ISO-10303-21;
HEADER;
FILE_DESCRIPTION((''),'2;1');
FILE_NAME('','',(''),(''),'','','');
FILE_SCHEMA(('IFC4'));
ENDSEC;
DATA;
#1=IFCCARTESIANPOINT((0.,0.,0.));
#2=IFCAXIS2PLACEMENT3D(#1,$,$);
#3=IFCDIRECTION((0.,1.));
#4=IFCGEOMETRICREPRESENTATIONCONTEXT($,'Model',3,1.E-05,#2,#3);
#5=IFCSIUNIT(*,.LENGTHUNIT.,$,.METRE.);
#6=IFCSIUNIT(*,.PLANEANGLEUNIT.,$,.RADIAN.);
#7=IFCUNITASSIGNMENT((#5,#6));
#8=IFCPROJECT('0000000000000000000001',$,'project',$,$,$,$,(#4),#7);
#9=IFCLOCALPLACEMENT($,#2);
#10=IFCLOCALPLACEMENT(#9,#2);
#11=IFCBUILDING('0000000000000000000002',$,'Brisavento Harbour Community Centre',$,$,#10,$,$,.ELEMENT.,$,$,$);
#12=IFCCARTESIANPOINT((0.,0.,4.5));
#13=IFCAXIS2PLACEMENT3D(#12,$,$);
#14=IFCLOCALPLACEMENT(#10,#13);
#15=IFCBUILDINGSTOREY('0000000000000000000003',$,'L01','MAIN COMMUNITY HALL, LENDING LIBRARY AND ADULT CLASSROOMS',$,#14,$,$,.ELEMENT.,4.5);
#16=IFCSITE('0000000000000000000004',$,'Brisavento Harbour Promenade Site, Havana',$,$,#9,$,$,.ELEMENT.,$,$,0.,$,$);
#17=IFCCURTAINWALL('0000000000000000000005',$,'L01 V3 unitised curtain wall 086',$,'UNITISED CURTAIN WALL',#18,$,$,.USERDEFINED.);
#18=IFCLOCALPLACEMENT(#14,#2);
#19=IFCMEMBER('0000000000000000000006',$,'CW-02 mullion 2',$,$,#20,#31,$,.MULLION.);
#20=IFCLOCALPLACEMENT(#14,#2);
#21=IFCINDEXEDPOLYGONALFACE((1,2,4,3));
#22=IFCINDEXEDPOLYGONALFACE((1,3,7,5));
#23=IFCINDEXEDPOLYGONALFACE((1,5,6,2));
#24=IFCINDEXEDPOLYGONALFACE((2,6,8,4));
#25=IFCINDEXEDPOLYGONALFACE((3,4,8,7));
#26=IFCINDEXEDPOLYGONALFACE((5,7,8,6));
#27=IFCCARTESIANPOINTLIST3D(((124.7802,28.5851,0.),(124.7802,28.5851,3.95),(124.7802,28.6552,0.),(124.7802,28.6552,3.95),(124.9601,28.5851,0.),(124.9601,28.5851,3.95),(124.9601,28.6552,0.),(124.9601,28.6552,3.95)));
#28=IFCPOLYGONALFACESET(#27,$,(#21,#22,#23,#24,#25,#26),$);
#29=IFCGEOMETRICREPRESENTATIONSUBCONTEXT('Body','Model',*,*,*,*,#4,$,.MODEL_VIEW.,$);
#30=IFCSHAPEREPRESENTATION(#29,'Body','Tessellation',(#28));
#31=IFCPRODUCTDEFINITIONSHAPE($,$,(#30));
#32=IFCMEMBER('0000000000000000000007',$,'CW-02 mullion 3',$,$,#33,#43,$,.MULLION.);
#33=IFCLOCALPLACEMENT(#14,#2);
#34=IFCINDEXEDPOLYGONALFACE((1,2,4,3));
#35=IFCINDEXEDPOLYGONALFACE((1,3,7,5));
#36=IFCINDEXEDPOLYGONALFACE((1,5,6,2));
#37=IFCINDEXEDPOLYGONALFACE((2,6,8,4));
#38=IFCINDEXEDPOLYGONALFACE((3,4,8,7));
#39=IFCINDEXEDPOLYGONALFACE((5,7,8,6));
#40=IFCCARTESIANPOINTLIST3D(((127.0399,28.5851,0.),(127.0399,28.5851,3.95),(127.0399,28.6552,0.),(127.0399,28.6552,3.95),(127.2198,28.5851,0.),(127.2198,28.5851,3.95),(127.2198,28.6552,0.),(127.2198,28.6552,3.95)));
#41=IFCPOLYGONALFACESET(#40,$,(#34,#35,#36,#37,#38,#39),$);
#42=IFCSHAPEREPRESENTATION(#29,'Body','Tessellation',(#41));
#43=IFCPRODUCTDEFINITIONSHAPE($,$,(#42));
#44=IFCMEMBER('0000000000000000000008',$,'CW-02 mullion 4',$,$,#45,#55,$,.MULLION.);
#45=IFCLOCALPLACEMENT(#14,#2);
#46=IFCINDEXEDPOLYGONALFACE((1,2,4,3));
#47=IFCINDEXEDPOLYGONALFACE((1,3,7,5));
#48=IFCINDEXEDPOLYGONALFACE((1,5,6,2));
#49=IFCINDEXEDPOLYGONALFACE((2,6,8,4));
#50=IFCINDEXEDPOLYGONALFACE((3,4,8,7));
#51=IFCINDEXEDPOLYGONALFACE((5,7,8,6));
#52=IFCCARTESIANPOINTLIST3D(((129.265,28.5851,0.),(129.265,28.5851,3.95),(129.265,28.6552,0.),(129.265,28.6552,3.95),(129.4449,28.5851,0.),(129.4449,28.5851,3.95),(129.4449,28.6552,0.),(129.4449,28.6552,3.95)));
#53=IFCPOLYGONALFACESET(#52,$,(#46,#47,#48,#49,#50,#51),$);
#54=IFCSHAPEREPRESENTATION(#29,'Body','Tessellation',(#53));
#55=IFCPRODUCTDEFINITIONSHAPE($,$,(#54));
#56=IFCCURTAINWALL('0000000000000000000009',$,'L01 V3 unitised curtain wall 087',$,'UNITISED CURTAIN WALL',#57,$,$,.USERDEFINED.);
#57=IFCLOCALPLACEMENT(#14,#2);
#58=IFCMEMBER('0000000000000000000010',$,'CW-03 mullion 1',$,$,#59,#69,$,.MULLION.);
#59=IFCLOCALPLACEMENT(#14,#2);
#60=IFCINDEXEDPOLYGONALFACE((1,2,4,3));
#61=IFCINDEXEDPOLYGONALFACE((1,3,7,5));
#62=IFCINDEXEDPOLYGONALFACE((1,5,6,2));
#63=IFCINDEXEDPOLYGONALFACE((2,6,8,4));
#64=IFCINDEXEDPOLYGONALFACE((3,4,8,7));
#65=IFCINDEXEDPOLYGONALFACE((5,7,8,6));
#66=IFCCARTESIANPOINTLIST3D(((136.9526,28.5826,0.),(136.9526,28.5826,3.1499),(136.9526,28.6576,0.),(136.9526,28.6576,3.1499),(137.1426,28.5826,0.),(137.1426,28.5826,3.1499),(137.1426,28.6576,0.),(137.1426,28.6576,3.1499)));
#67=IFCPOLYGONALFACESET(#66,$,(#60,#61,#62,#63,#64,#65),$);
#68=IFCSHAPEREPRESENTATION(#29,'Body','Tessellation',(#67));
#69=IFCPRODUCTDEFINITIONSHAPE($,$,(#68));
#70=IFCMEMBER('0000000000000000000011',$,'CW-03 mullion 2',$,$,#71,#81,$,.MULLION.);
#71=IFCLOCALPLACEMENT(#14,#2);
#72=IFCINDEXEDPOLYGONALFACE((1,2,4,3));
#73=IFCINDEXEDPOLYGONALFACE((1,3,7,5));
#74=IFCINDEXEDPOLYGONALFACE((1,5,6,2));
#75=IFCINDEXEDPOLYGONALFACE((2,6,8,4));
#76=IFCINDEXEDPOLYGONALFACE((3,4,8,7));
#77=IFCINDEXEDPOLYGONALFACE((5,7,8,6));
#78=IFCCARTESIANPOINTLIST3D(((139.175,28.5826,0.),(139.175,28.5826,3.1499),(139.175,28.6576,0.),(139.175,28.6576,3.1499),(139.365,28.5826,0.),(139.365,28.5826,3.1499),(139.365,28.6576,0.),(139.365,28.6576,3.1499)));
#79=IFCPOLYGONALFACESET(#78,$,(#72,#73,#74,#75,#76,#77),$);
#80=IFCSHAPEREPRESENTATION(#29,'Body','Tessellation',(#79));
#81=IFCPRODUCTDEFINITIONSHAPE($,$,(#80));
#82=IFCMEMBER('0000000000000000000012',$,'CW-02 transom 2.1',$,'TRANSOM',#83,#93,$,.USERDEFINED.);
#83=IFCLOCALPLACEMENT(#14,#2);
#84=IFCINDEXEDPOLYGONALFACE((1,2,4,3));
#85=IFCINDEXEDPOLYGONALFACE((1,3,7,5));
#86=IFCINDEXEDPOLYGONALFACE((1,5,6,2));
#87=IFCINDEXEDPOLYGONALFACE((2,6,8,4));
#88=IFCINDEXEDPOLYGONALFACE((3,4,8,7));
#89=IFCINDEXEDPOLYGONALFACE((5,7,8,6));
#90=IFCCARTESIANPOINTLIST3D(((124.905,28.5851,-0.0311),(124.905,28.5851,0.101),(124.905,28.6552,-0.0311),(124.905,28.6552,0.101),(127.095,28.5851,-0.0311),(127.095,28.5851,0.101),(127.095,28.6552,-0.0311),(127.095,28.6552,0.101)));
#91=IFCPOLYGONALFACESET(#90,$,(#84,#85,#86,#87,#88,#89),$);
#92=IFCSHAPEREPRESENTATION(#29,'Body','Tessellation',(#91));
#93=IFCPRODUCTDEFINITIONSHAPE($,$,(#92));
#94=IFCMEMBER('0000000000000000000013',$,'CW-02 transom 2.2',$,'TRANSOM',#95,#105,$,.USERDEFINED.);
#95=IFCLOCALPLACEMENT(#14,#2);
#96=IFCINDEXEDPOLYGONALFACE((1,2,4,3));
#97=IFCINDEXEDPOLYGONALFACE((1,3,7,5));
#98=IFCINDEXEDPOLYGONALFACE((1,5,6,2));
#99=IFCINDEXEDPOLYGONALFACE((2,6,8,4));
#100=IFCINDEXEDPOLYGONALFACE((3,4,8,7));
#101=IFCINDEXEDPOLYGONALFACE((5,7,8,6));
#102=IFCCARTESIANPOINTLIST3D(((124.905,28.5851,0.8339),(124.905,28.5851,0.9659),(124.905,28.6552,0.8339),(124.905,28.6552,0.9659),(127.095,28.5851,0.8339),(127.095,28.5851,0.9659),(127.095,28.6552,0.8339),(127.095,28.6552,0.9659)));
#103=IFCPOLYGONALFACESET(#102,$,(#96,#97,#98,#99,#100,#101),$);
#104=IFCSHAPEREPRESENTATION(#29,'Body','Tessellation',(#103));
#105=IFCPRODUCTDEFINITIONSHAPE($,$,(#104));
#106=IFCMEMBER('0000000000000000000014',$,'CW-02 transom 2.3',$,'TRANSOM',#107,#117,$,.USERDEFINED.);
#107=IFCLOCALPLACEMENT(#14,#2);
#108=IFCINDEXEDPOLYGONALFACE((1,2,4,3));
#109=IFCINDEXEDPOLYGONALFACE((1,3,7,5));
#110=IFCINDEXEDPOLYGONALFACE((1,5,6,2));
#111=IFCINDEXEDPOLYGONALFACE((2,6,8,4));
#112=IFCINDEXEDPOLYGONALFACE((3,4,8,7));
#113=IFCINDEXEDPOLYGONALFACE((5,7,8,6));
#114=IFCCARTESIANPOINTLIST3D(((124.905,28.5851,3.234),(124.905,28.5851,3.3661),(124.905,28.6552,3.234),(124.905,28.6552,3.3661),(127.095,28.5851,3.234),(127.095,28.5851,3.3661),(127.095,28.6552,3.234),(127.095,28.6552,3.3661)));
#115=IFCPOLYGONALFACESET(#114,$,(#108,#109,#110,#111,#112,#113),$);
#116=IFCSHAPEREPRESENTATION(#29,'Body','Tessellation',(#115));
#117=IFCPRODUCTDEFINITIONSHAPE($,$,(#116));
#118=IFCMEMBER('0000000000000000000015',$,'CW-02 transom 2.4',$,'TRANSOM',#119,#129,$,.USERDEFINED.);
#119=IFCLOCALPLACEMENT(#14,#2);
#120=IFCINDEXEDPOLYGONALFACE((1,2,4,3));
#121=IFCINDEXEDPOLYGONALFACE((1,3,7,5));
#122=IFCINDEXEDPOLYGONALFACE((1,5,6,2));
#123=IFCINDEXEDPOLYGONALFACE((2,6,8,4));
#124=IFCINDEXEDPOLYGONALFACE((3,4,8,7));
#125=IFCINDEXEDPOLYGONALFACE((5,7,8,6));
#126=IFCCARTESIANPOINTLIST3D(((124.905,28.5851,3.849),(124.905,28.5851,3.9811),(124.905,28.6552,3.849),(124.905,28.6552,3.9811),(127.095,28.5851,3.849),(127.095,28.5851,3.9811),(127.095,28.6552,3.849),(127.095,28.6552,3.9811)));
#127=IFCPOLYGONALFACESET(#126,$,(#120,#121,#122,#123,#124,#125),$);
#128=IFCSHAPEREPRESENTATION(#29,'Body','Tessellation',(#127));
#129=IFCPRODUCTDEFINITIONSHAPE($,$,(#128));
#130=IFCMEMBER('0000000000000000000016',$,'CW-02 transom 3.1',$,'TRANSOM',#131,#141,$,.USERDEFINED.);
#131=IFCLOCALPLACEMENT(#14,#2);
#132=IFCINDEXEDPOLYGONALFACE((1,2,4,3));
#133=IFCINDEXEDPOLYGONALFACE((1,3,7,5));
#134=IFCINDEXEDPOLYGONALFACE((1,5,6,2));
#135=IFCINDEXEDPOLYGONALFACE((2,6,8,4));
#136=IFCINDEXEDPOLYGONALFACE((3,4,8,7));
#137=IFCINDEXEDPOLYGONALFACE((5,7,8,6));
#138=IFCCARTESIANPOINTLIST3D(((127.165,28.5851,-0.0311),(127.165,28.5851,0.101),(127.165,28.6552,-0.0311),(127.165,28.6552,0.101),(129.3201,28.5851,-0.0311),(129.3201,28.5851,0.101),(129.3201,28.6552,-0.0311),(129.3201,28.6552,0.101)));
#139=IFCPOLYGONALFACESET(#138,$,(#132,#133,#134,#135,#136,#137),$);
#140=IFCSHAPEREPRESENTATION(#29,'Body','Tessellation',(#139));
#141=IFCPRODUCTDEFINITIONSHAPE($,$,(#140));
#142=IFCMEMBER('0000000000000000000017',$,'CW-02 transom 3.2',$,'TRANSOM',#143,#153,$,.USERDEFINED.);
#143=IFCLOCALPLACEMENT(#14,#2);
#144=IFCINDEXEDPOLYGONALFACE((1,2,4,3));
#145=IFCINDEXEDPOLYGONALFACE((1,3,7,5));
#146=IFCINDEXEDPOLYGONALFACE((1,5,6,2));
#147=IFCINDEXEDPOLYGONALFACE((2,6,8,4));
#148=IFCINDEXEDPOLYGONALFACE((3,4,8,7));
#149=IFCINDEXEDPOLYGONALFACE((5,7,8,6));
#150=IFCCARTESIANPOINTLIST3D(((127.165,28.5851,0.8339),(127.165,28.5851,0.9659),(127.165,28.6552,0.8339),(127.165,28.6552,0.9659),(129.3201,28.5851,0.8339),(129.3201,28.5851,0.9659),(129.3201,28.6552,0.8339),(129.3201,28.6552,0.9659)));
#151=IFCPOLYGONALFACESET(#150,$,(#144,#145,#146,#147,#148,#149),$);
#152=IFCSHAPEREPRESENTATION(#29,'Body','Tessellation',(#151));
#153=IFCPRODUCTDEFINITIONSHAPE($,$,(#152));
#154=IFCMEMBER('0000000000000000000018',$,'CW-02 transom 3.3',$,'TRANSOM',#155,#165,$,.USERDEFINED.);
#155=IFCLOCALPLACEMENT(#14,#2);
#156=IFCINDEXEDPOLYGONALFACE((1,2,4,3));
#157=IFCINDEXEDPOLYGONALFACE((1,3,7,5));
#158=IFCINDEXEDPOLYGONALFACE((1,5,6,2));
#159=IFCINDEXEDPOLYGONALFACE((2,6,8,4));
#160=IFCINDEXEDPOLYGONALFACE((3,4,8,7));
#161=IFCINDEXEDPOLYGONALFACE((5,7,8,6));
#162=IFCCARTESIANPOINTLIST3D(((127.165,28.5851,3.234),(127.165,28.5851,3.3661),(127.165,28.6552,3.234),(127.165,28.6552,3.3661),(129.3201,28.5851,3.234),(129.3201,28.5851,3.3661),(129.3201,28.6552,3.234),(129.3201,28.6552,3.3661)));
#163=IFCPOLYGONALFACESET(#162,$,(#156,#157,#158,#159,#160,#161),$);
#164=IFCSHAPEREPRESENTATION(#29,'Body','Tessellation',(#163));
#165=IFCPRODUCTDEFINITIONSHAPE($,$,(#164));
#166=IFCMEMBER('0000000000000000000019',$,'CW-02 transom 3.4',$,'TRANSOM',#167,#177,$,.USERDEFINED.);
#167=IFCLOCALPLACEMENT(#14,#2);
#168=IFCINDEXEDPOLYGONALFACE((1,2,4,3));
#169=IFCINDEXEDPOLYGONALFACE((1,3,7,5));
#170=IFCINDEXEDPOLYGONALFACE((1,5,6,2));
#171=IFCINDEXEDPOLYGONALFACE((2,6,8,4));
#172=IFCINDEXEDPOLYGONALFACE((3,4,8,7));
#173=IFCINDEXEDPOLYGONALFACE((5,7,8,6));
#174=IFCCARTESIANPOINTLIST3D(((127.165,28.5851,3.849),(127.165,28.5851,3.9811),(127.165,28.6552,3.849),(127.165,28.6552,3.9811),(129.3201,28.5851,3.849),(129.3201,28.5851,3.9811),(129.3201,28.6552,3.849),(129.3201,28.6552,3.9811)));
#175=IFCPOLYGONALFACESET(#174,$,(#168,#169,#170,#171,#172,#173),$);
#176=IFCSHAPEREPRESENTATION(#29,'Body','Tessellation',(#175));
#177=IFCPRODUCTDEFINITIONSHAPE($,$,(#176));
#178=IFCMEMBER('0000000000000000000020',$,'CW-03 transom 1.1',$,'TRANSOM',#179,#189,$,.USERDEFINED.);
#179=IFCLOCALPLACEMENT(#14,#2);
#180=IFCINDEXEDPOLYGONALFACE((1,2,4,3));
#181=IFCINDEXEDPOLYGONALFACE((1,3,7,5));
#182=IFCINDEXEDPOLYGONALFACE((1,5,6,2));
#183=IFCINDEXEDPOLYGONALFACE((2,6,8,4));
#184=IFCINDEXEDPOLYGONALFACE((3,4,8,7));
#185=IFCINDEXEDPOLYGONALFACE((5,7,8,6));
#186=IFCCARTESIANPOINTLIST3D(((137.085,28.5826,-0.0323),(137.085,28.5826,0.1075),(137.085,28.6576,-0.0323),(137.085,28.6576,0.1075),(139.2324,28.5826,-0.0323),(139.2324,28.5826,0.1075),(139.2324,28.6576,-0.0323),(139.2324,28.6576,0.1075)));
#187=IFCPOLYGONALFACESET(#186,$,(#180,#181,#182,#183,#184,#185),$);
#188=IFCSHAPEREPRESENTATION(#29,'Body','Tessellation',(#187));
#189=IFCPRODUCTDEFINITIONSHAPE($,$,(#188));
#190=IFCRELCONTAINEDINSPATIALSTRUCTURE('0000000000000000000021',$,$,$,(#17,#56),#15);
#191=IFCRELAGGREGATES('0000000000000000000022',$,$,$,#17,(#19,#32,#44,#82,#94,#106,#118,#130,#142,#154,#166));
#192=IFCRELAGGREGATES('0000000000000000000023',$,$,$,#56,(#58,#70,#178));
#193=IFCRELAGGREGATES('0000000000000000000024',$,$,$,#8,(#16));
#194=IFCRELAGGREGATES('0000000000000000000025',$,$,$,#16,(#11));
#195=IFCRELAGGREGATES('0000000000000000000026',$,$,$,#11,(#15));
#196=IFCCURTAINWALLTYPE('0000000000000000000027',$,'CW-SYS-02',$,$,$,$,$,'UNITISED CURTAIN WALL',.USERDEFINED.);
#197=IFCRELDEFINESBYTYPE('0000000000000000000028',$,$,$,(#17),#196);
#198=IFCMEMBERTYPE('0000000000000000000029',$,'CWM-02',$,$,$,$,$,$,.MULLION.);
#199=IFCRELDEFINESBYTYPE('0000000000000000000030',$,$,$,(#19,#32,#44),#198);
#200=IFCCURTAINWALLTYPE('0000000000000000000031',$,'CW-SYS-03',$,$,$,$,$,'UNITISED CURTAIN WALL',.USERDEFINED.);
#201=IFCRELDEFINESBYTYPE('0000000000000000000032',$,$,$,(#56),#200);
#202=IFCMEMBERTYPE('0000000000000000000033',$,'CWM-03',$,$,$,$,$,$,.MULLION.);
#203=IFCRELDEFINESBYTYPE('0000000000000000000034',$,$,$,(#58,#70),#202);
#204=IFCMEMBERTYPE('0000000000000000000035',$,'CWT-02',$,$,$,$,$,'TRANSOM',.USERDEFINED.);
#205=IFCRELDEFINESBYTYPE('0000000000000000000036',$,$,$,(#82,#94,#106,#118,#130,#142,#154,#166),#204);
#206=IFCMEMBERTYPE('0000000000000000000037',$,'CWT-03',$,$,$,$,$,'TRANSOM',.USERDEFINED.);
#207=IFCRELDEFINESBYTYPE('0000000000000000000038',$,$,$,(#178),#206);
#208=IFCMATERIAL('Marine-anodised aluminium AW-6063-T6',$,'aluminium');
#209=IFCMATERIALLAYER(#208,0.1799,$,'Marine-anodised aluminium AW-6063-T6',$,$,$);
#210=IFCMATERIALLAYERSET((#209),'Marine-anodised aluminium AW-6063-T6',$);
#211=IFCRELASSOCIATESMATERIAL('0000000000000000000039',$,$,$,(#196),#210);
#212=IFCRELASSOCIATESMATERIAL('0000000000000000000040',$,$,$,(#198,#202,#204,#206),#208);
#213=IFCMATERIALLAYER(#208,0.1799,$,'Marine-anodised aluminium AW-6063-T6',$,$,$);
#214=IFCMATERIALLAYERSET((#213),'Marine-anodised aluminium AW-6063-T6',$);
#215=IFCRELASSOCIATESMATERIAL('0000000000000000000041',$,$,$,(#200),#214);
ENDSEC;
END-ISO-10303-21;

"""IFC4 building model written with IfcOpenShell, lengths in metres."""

from ifc_helpers import new_model, si_unit, direction, frame, origin, origin_2d, place, context, subcontext, project, spatial, rectangle, extrude, material, layer, layer_set, material_profile, profile_set, type_object, element, aggregate, save


model = new_model("IFC4")

# Units and contexts
model_context = context("Model", 3, precision=1e-05, world=origin(), true_north=direction((0.0, 1.0)))
body_context = subcontext(model_context, "Body", "Model", "MODEL_VIEW")
ifc_project = project(units=[si_unit("LENGTHUNIT", "METRE"), si_unit("PLANEANGLEUNIT", "RADIAN")], contexts=[model_context])

# Site, building, storey
site_placement = place(None, origin())
site = spatial("IfcSite", under=ifc_project, at=site_placement, Name="Brisavento Harbour Promenade Site, Havana", CompositionType="ELEMENT", RefElevation=0.0)
building_placement = place(site_placement, origin())
building = spatial("IfcBuilding", under=site, at=building_placement, Name="Brisavento Harbour Community Centre", CompositionType="ELEMENT")
storey_placement = place(building_placement, frame((0.0, 0.0, 4.5)))
storey = spatial("IfcBuildingStorey", under=building, at=storey_placement, Name="L01", Description="MAIN COMMUNITY HALL, LENDING LIBRARY AND ADULT CLASSROOMS", CompositionType="ELEMENT", Elevation=4.5)

# Curtain walls, members
ifc_material_1 = material(Name="Marine-anodised aluminium AW-6063-T6", Category="aluminium")
ifc_layer_1 = layer(ifc_material_1, 0.1799, Name="Marine-anodised aluminium AW-6063-T6")
ifc_layer_set_1 = layer_set([ifc_layer_1], Name="Marine-anodised aluminium AW-6063-T6")
curtain_wall_type_1 = type_object("IfcCurtainWallType", Name="CW-SYS-02", ElementType="UNITISED CURTAIN WALL", PredefinedType="USERDEFINED", material=ifc_layer_set_1)
curtain_wall_1_placement = place(storey_placement, origin())
curtain_wall_1 = element("IfcCurtainWall", 1, at=curtain_wall_1_placement, inside=storey, type_object=curtain_wall_type_1, Name="L01 V3 unitised curtain wall 086", ObjectType="UNITISED CURTAIN WALL", PredefinedType="USERDEFINED")
ifc_material_profile_1 = material_profile(ifc_material_1, rectangle(XDim=0.0701, YDim=0.1799, at=origin_2d()), Name="Marine-anodised aluminium AW-6063-T6")
ifc_profile_set_1 = profile_set([ifc_material_profile_1], Name="Marine-anodised aluminium AW-6063-T6")
member_type_1 = type_object("IfcMemberType", Name="CWM-02", PredefinedType="MULLION", material=ifc_profile_set_1)
member_1_placement = place(storey_placement, frame((124.8701, 28.6201, 0.0), z_axis=(0.0, 0.0, 1.0), x_axis=(0.0, 1.0, 0.0)))
member_1 = element("IfcMember", 2, at=member_1_placement, type_object=member_type_1, Name="CW-02 mullion 2", PredefinedType="MULLION", context=body_context, shape_type="SweptSolid", body=[
    extrude(rectangle(XDim=0.0701, YDim=0.1799, at=origin_2d()), origin(), (0.0, 0.0, 1.0), 3.95),
])
member_2_placement = place(storey_placement, frame((127.1299, 28.6201, 0.0), z_axis=(0.0, 0.0, 1.0), x_axis=(0.0, 1.0, 0.0)))
member_2 = element("IfcMember", 3, at=member_2_placement, type_object=member_type_1, Name="CW-02 mullion 3", PredefinedType="MULLION", context=body_context, shape_type="SweptSolid", body=[
    extrude(rectangle(XDim=0.0701, YDim=0.1799, at=origin_2d()), origin(), (0.0, 0.0, 1.0), 3.95),
])
member_3_placement = place(storey_placement, frame((129.355, 28.6201, 0.0), z_axis=(0.0, 0.0, 1.0), x_axis=(0.0, 1.0, 0.0)))
member_3 = element("IfcMember", 4, at=member_3_placement, type_object=member_type_1, Name="CW-02 mullion 4", PredefinedType="MULLION", context=body_context, shape_type="SweptSolid", body=[
    extrude(rectangle(XDim=0.0701, YDim=0.1799, at=origin_2d()), origin(), (0.0, 0.0, 1.0), 3.95),
])
ifc_layer_2 = layer(ifc_material_1, 0.1799, Name="Marine-anodised aluminium AW-6063-T6")
ifc_layer_set_2 = layer_set([ifc_layer_2], Name="Marine-anodised aluminium AW-6063-T6")
curtain_wall_type_2 = type_object("IfcCurtainWallType", Name="CW-SYS-03", ElementType="UNITISED CURTAIN WALL", PredefinedType="USERDEFINED", material=ifc_layer_set_2)
curtain_wall_2_placement = place(storey_placement, origin())
curtain_wall_2 = element("IfcCurtainWall", 5, at=curtain_wall_2_placement, inside=storey, type_object=curtain_wall_type_2, Name="L01 V3 unitised curtain wall 087", ObjectType="UNITISED CURTAIN WALL", PredefinedType="USERDEFINED")
ifc_material_profile_2 = material_profile(ifc_material_1, rectangle(XDim=0.075, YDim=0.1899, at=origin_2d()), Name="Marine-anodised aluminium AW-6063-T6")
ifc_profile_set_2 = profile_set([ifc_material_profile_2], Name="Marine-anodised aluminium AW-6063-T6")
member_type_2 = type_object("IfcMemberType", Name="CWM-03", PredefinedType="MULLION", material=ifc_profile_set_2)
member_4_placement = place(storey_placement, frame((137.0476, 28.6201, 0.0), z_axis=(0.0, 0.0, 1.0), x_axis=(0.0, 1.0, 0.0)))
member_4 = element("IfcMember", 6, at=member_4_placement, type_object=member_type_2, Name="CW-03 mullion 1", PredefinedType="MULLION", context=body_context, shape_type="SweptSolid", body=[
    extrude(rectangle(XDim=0.075, YDim=0.1899, at=origin_2d()), origin(), (0.0, 0.0, 1.0), 3.1499),
])
member_5_placement = place(storey_placement, frame((139.27, 28.6201, 0.0), z_axis=(0.0, 0.0, 1.0), x_axis=(0.0, 1.0, 0.0)))
member_5 = element("IfcMember", 7, at=member_5_placement, type_object=member_type_2, Name="CW-03 mullion 2", PredefinedType="MULLION", context=body_context, shape_type="SweptSolid", body=[
    extrude(rectangle(XDim=0.075, YDim=0.1899, at=origin_2d()), origin(), (0.0, 0.0, 1.0), 3.1499),
])

# Members
ifc_material_profile_3 = material_profile(ifc_material_1, rectangle(XDim=0.0701, YDim=0.1321, at=origin_2d()), Name="Marine-anodised aluminium AW-6063-T6")
ifc_profile_set_3 = profile_set([ifc_material_profile_3], Name="Marine-anodised aluminium AW-6063-T6")
member_type_3 = type_object("IfcMemberType", Name="CWT-02", ElementType="TRANSOM", PredefinedType="USERDEFINED", material=ifc_profile_set_3)
member_6_placement = place(storey_placement, frame((124.905, 28.6201, 0.0349), z_axis=(1.0, 0.0, 0.0), x_axis=(0.0, 1.0, 0.0)))
member_6 = element("IfcMember", 8, at=member_6_placement, type_object=member_type_3, Name="CW-02 transom 2.1", ObjectType="TRANSOM", PredefinedType="USERDEFINED", context=body_context, shape_type="SweptSolid", body=[
    extrude(rectangle(XDim=0.0701, YDim=0.1321, at=origin_2d()), origin(), (0.0, 0.0, 1.0), 2.1899),
])
member_7_placement = place(storey_placement, frame((124.905, 28.6201, 0.8999), z_axis=(1.0, 0.0, 0.0), x_axis=(0.0, 1.0, 0.0)))
member_7 = element("IfcMember", 9, at=member_7_placement, type_object=member_type_3, Name="CW-02 transom 2.2", ObjectType="TRANSOM", PredefinedType="USERDEFINED", context=body_context, shape_type="SweptSolid", body=[
    extrude(rectangle(XDim=0.0701, YDim=0.1321, at=origin_2d()), origin(), (0.0, 0.0, 1.0), 2.1899),
])
member_8_placement = place(storey_placement, frame((124.905, 28.6201, 3.3), z_axis=(1.0, 0.0, 0.0), x_axis=(0.0, 1.0, 0.0)))
member_8 = element("IfcMember", 10, at=member_8_placement, type_object=member_type_3, Name="CW-02 transom 2.3", ObjectType="TRANSOM", PredefinedType="USERDEFINED", context=body_context, shape_type="SweptSolid", body=[
    extrude(rectangle(XDim=0.0701, YDim=0.1321, at=origin_2d()), origin(), (0.0, 0.0, 1.0), 2.1899),
])
member_9_placement = place(storey_placement, frame((124.905, 28.6201, 3.915), z_axis=(1.0, 0.0, 0.0), x_axis=(0.0, 1.0, 0.0)))
member_9 = element("IfcMember", 11, at=member_9_placement, type_object=member_type_3, Name="CW-02 transom 2.4", ObjectType="TRANSOM", PredefinedType="USERDEFINED", context=body_context, shape_type="SweptSolid", body=[
    extrude(rectangle(XDim=0.0701, YDim=0.1321, at=origin_2d()), origin(), (0.0, 0.0, 1.0), 2.1899),
])
member_10_placement = place(storey_placement, frame((127.165, 28.6201, 0.0349), z_axis=(1.0, 0.0, 0.0), x_axis=(0.0, 1.0, 0.0)))
member_10 = element("IfcMember", 12, at=member_10_placement, type_object=member_type_3, Name="CW-02 transom 3.1", ObjectType="TRANSOM", PredefinedType="USERDEFINED", context=body_context, shape_type="SweptSolid", body=[
    extrude(rectangle(XDim=0.0701, YDim=0.1321, at=origin_2d()), origin(), (0.0, 0.0, 1.0), 2.155),
])
member_11_placement = place(storey_placement, frame((127.165, 28.6201, 0.8999), z_axis=(1.0, 0.0, 0.0), x_axis=(0.0, 1.0, 0.0)))
member_11 = element("IfcMember", 13, at=member_11_placement, type_object=member_type_3, Name="CW-02 transom 3.2", ObjectType="TRANSOM", PredefinedType="USERDEFINED", context=body_context, shape_type="SweptSolid", body=[
    extrude(rectangle(XDim=0.0701, YDim=0.1321, at=origin_2d()), origin(), (0.0, 0.0, 1.0), 2.155),
])
member_12_placement = place(storey_placement, frame((127.165, 28.6201, 3.3), z_axis=(1.0, 0.0, 0.0), x_axis=(0.0, 1.0, 0.0)))
member_12 = element("IfcMember", 14, at=member_12_placement, type_object=member_type_3, Name="CW-02 transom 3.3", ObjectType="TRANSOM", PredefinedType="USERDEFINED", context=body_context, shape_type="SweptSolid", body=[
    extrude(rectangle(XDim=0.0701, YDim=0.1321, at=origin_2d()), origin(), (0.0, 0.0, 1.0), 2.155),
])
member_13_placement = place(storey_placement, frame((127.165, 28.6201, 3.915), z_axis=(1.0, 0.0, 0.0), x_axis=(0.0, 1.0, 0.0)))
member_13 = element("IfcMember", 15, at=member_13_placement, type_object=member_type_3, Name="CW-02 transom 3.4", ObjectType="TRANSOM", PredefinedType="USERDEFINED", context=body_context, shape_type="SweptSolid", body=[
    extrude(rectangle(XDim=0.0701, YDim=0.1321, at=origin_2d()), origin(), (0.0, 0.0, 1.0), 2.155),
])
ifc_material_profile_4 = material_profile(ifc_material_1, rectangle(XDim=0.075, YDim=0.1399, at=origin_2d()), Name="Marine-anodised aluminium AW-6063-T6")
ifc_profile_set_4 = profile_set([ifc_material_profile_4], Name="Marine-anodised aluminium AW-6063-T6")
member_type_4 = type_object("IfcMemberType", Name="CWT-03", ElementType="TRANSOM", PredefinedType="USERDEFINED", material=ifc_profile_set_4)
member_14_placement = place(storey_placement, frame((137.085, 28.6201, 0.0376), z_axis=(1.0, 0.0, 0.0), x_axis=(0.0, 1.0, 0.0)))
member_14 = element("IfcMember", 16, at=member_14_placement, type_object=member_type_4, Name="CW-03 transom 1.1", ObjectType="TRANSOM", PredefinedType="USERDEFINED", context=body_context, shape_type="SweptSolid", body=[
    extrude(rectangle(XDim=0.075, YDim=0.1399, at=origin_2d()), origin(), (0.0, 0.0, 1.0), 2.1475),
])

aggregate(curtain_wall_1, [member_1, member_2, member_3, member_6, member_7, member_8, member_9, member_10, member_11, member_12, member_13])
aggregate(curtain_wall_2, [member_4, member_5, member_14])

save(model, "model.ifc")
